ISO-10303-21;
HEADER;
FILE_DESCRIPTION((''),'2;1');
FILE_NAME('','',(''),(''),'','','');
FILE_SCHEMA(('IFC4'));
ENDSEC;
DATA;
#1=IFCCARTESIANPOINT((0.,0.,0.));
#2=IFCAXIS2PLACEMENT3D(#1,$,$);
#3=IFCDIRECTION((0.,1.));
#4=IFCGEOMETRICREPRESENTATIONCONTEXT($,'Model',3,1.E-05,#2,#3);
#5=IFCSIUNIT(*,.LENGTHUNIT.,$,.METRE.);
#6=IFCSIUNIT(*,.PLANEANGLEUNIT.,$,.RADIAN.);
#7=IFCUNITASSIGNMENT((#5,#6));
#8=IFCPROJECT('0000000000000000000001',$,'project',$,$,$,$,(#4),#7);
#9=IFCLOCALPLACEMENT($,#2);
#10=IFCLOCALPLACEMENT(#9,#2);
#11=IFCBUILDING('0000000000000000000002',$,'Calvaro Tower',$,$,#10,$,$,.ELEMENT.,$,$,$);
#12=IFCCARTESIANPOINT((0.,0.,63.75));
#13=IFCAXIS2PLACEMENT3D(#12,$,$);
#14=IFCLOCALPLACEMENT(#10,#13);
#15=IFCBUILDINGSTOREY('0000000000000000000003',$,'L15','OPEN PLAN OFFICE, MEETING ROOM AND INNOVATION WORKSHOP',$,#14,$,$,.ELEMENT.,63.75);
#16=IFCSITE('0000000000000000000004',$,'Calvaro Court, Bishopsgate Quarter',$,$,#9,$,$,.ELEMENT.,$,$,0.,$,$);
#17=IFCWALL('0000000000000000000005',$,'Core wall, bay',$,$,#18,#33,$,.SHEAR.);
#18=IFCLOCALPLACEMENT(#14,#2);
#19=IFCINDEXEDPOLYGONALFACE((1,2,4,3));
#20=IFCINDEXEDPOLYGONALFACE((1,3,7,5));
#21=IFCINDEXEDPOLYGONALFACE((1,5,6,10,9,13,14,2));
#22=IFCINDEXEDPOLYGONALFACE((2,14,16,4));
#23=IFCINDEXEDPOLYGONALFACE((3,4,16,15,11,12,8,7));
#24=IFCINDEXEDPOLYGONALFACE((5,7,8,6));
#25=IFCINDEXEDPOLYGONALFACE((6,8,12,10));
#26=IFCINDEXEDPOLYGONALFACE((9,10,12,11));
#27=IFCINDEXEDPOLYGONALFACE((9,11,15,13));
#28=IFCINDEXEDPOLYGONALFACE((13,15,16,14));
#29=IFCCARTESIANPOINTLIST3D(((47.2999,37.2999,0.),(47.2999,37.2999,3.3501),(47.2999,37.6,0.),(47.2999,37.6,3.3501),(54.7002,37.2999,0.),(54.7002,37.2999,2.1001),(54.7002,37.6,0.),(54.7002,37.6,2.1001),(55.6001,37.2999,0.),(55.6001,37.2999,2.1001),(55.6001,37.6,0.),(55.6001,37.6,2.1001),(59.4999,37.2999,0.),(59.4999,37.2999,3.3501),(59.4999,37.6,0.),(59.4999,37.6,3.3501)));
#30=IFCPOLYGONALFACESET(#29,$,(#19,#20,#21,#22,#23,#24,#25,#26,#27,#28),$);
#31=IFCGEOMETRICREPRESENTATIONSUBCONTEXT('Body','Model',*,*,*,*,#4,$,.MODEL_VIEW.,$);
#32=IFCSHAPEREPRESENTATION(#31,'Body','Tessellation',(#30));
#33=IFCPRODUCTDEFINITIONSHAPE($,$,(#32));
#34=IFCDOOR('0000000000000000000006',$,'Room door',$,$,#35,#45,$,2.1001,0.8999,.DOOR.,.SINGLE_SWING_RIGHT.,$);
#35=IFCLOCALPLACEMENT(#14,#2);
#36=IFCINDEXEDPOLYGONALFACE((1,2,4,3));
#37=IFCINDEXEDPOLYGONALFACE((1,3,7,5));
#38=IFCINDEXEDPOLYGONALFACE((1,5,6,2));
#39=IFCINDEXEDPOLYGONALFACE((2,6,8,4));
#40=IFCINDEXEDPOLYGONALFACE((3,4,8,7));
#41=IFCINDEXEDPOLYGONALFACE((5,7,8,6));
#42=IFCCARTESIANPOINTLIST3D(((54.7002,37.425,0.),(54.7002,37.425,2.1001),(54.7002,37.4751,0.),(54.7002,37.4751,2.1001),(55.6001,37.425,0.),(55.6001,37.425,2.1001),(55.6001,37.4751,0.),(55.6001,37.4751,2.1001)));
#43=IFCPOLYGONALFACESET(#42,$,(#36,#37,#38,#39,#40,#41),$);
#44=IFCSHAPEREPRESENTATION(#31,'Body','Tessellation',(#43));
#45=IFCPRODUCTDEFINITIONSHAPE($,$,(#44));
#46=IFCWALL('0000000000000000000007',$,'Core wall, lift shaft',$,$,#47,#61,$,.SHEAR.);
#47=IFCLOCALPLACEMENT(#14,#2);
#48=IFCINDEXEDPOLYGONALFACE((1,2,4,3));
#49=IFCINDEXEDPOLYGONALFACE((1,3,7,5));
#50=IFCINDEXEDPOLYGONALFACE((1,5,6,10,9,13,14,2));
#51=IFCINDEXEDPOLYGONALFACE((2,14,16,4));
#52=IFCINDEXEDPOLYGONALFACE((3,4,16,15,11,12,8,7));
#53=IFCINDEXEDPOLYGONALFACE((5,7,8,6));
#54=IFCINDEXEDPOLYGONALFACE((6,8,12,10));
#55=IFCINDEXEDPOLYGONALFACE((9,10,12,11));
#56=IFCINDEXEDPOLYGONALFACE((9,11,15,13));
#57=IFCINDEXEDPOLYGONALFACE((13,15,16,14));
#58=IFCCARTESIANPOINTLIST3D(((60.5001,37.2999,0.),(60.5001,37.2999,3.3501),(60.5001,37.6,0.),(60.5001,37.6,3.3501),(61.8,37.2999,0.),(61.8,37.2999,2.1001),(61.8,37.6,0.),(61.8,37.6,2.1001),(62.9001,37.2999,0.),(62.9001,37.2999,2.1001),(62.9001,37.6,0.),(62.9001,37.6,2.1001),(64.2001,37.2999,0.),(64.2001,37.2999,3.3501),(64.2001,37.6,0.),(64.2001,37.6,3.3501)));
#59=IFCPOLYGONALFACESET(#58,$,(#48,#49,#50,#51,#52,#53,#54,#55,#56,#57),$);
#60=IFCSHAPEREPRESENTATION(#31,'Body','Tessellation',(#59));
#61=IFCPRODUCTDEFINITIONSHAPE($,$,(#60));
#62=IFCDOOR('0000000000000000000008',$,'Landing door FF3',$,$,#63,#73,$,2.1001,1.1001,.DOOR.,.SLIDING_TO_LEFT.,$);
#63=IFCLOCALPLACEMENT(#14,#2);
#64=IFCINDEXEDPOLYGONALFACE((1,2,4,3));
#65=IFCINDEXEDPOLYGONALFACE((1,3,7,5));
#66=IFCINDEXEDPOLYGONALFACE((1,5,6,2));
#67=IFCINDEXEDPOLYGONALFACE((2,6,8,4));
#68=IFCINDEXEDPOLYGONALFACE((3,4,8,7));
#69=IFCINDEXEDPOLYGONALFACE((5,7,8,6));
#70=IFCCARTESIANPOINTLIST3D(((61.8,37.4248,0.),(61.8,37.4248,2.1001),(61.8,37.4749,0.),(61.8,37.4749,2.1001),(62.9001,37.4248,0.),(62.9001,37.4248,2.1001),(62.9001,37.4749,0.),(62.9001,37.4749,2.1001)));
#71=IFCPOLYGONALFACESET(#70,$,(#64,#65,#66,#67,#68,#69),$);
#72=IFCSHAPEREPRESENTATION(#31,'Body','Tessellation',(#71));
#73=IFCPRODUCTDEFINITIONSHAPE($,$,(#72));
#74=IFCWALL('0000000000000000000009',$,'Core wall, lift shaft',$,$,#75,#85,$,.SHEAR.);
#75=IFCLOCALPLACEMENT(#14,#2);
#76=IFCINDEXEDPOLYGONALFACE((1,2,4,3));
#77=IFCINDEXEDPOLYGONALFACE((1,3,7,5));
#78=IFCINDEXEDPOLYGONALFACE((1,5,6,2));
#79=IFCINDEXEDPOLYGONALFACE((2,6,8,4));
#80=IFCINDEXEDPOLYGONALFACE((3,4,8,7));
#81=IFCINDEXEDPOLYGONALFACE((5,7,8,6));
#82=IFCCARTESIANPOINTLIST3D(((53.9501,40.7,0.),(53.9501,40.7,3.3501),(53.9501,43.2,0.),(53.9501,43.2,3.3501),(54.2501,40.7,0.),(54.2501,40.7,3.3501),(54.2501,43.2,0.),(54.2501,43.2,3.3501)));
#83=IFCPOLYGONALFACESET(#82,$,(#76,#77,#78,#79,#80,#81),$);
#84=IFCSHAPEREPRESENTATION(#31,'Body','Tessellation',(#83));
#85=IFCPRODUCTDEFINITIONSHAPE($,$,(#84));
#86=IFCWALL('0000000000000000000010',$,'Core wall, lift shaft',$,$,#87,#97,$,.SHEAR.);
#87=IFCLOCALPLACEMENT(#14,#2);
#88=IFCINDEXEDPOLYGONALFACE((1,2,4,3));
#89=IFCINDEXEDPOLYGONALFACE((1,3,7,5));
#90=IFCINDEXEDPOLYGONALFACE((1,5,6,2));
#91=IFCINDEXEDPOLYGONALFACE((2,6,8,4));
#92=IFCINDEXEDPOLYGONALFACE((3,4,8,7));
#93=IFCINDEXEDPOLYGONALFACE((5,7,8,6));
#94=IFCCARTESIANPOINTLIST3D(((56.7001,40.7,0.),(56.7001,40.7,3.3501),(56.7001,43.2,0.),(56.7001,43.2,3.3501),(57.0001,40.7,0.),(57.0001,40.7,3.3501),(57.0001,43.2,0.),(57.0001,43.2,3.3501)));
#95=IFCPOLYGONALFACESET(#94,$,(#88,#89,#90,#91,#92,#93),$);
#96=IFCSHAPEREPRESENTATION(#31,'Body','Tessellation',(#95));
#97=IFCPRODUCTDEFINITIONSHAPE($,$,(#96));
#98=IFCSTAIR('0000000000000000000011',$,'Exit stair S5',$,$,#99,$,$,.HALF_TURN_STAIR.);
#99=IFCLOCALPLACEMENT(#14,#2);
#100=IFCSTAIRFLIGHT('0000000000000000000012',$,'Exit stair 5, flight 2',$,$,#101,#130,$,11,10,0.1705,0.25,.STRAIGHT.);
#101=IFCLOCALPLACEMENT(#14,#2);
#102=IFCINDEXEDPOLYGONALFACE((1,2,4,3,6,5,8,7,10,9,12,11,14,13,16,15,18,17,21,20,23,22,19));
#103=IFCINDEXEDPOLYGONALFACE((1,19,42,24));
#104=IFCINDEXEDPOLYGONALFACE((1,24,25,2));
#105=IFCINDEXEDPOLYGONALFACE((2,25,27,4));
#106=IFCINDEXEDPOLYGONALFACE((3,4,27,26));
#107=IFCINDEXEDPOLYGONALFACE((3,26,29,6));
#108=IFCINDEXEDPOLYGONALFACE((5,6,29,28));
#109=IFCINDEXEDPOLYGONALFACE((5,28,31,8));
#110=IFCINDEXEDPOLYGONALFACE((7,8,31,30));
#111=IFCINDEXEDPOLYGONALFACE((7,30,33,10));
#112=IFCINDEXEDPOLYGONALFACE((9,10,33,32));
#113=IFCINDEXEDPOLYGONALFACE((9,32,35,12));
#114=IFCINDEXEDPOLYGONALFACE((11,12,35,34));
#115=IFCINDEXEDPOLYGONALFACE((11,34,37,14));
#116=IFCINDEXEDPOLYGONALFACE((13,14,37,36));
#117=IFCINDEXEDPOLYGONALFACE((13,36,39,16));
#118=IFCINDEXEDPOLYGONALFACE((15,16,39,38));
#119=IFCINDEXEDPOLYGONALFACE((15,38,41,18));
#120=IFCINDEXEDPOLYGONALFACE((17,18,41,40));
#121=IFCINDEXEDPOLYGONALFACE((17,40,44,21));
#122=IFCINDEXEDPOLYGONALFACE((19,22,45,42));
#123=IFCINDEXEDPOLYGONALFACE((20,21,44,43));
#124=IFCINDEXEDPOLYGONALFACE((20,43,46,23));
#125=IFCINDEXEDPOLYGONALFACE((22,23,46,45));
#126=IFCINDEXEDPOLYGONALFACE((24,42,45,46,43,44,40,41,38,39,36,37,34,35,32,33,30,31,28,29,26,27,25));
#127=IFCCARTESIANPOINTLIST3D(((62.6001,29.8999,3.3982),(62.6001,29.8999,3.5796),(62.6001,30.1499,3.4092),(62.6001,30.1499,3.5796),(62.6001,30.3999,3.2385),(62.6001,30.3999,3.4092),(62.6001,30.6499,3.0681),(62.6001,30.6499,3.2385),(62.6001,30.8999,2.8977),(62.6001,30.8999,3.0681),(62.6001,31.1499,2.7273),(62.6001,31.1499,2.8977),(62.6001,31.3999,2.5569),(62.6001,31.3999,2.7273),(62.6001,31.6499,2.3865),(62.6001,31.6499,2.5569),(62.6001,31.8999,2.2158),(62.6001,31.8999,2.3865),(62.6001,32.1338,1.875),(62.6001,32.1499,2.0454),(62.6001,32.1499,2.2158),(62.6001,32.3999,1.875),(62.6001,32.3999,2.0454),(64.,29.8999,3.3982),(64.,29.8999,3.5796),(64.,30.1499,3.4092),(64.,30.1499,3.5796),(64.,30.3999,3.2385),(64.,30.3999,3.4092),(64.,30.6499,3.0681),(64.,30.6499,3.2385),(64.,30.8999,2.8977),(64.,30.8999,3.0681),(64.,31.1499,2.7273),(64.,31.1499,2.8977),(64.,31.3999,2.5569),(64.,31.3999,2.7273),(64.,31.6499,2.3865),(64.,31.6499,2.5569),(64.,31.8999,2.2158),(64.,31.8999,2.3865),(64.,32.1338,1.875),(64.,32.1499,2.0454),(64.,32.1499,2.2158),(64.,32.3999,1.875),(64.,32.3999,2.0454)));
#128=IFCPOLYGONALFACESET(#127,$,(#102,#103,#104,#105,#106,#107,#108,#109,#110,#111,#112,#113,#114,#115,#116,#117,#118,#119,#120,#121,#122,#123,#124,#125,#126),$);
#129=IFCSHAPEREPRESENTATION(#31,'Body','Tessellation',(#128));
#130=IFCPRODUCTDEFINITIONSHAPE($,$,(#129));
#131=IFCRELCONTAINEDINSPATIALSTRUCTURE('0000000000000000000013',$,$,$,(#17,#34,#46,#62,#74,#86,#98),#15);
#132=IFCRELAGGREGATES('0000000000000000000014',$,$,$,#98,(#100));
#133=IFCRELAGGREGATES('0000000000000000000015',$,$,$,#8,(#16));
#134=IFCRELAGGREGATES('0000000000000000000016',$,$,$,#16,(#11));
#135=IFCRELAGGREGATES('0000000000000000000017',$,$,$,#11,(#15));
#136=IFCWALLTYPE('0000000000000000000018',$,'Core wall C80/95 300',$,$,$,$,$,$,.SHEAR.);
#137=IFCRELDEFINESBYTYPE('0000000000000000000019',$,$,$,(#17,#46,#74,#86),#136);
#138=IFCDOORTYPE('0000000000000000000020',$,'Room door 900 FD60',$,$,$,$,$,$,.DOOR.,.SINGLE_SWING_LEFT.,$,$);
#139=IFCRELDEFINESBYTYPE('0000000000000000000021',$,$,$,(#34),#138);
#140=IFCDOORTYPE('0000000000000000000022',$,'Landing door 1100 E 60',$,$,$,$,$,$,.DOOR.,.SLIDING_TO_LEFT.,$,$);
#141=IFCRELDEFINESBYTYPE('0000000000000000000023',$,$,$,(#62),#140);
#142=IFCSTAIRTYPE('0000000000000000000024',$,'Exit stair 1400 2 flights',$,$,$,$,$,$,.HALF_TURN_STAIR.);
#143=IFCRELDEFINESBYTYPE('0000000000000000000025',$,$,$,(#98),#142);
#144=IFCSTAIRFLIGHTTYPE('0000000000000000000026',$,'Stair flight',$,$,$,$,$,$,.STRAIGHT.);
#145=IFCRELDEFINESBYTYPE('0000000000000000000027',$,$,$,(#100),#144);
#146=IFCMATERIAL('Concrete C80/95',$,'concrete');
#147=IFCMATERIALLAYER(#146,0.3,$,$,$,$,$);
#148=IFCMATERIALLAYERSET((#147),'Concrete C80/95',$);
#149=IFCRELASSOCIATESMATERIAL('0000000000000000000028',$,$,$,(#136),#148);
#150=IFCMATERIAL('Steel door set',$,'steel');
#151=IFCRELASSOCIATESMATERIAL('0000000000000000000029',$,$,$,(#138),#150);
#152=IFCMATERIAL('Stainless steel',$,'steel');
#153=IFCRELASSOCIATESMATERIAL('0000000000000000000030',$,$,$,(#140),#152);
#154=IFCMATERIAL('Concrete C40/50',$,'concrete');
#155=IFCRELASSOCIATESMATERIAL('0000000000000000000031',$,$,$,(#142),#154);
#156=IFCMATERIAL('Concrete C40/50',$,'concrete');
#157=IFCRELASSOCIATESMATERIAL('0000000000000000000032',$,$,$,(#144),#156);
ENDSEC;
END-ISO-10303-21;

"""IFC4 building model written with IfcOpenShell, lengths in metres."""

from ifc_helpers import new_model, si_unit, direction, frame, frame_2d, origin, place, context, subcontext, project, spatial, polyline, rectangle, outline, extrude, material, layer, layer_set, type_object, element, fill, aggregate, save


model = new_model("IFC4")

# Units and contexts
model_context = context("Model", 3, precision=1e-05, world=origin(), true_north=direction((0.0, 1.0)))
body_context = subcontext(model_context, "Body", "Model", "MODEL_VIEW")
ifc_project = project(units=[si_unit("LENGTHUNIT", "METRE"), si_unit("PLANEANGLEUNIT", "RADIAN")], contexts=[model_context])

# Site, building, storey
site_placement = place(None, origin())
site = spatial("IfcSite", under=ifc_project, at=site_placement, Name="Calvaro Court, Bishopsgate Quarter", CompositionType="ELEMENT", RefElevation=0.0)
building_placement = place(site_placement, origin())
building = spatial("IfcBuilding", under=site, at=building_placement, Name="Calvaro Tower", CompositionType="ELEMENT")
storey_placement = place(building_placement, frame((0.0, 0.0, 63.75)))
storey = spatial("IfcBuildingStorey", under=building, at=storey_placement, Name="L15", Description="OPEN PLAN OFFICE, MEETING ROOM AND INNOVATION WORKSHOP", CompositionType="ELEMENT", Elevation=63.75)

# Shared definitions
ifc_material_1 = material(Name="Concrete C80/95", Category="concrete")
ifc_layer_1 = layer(ifc_material_1, 0.3)
ifc_layer_set_1 = layer_set([ifc_layer_1], Name="Concrete C80/95")
wall_type_1 = type_object("IfcWallType", Name="Core wall C80/95 300", PredefinedType="SHEAR", material=ifc_layer_set_1)

# Walls, openings, doors
wall_1_placement = place(storey_placement, frame((59.5, 37.45, 0.0), z_axis=(0.0, 0.0, 1.0), x_axis=(-1.0, 0.0, 0.0)))
wall_1 = element("IfcWall", 1, at=wall_1_placement, inside=storey, type_object=wall_type_1, Name="Core wall, bay", PredefinedType="SHEAR", context=body_context, shape_type="SweptSolid", body=[
    extrude(rectangle(XDim=12.2, YDim=0.3, at=frame_2d((6.1001, 0.0))), origin(), (0.0, 0.0, 1.0), 3.3501),
])
opening_1_placement = place(wall_1_placement, frame((3.8999, 0.0, 0.0)))
opening_1 = element("IfcOpeningElement", 2, at=opening_1_placement, cuts=wall_1, PredefinedType="OPENING", context=body_context, shape_type="SweptSolid", body=[
    extrude(rectangle(XDim=0.8999, YDim=2.1001, at=frame_2d((0.45, 1.05))), frame((0.0, 0.1599, 0.0), z_axis=(0.0, -1.0, 0.0), x_axis=(1.0, 0.0, 0.0)), (0.0, 0.0, 1.0), 0.3201),
])
ifc_material_2 = material(Name="Steel door set", Category="steel")
door_type_1 = type_object("IfcDoorType", Name="Room door 900 FD60", OperationType="SINGLE_SWING_LEFT", PredefinedType="DOOR", material=ifc_material_2)
door_1_placement = place(opening_1_placement, origin())
door_1 = element("IfcDoor", 3, at=door_1_placement, inside=storey, type_object=door_type_1, Name="Room door", OperationType="SINGLE_SWING_RIGHT", OverallHeight=2.1001, OverallWidth=0.8999, PredefinedType="DOOR", context=body_context, shape_type="SweptSolid", body=[
    extrude(rectangle(XDim=0.8999, YDim=2.1001, at=frame_2d((0.45, 1.05))), frame((0.0, 0.0249, 0.0), z_axis=(0.0, -1.0, 0.0), x_axis=(1.0, 0.0, 0.0)), (0.0, 0.0, 1.0), 0.05),
])
fill(opening_1, door_1)
wall_2_placement = place(storey_placement, frame((60.5, 37.45, 0.0), z_axis=(0.0, 0.0, 1.0), x_axis=(1.0, 0.0, 0.0)))
wall_2 = element("IfcWall", 4, at=wall_2_placement, inside=storey, type_object=wall_type_1, Name="Core wall, lift shaft", PredefinedType="SHEAR", context=body_context, shape_type="SweptSolid", body=[
    extrude(rectangle(XDim=3.7, YDim=0.3, at=frame_2d((1.8501, 0.0))), origin(), (0.0, 0.0, 1.0), 3.3501),
])
opening_2_placement = place(wall_2_placement, frame((1.3, 0.0, 0.0)))
opening_2 = element("IfcOpeningElement", 5, at=opening_2_placement, cuts=wall_2, PredefinedType="OPENING", context=body_context, shape_type="SweptSolid", body=[
    extrude(rectangle(XDim=1.1001, YDim=2.1001, at=frame_2d((0.55, 1.05))), frame((0.0, 0.1599, 0.0), z_axis=(0.0, -1.0, 0.0), x_axis=(1.0, 0.0, 0.0)), (0.0, 0.0, 1.0), 0.3201),
])
ifc_material_3 = material(Name="Stainless steel", Category="steel")
door_type_2 = type_object("IfcDoorType", Name="Landing door 1100 E 60", OperationType="SLIDING_TO_LEFT", PredefinedType="DOOR", material=ifc_material_3)
door_2_placement = place(opening_2_placement, origin())
door_2 = element("IfcDoor", 6, at=door_2_placement, inside=storey, type_object=door_type_2, Name="Landing door FF3", OperationType="SLIDING_TO_LEFT", OverallHeight=2.1001, OverallWidth=1.1001, PredefinedType="DOOR", context=body_context, shape_type="SweptSolid", body=[
    extrude(rectangle(XDim=1.1001, YDim=2.1001, at=frame_2d((0.55, 1.05))), frame((0.0, 0.0249, 0.0), z_axis=(0.0, -1.0, 0.0), x_axis=(1.0, 0.0, 0.0)), (0.0, 0.0, 1.0), 0.05),
])
fill(opening_2, door_2)

# Walls
for number, where, z_axis, x_axis, name in (
    (7, (54.1001, 40.7, 0.0), (0.0, 0.0, 1.0), (0.0, 1.0, 0.0), "Core wall, lift shaft"),
    (8, (56.8501, 40.7, 0.0), (0.0, 0.0, 1.0), (0.0, 1.0, 0.0), "Core wall, lift shaft"),
):
    element("IfcWall", number, at=place(storey_placement, frame(where, z_axis=z_axis, x_axis=x_axis)), inside=storey, type_object=wall_type_1, Name=name, PredefinedType="SHEAR", context=body_context, shape_type="SweptSolid", body=[
        extrude(rectangle(XDim=2.5, YDim=0.3, at=frame_2d((1.25, 0.0))), origin(), (0.0, 0.0, 1.0), 3.3501),
    ])

# Stair, stair flight
ifc_material_4 = material(Name="Concrete C40/50", Category="concrete")
stair_type = type_object("IfcStairType", Name="Exit stair 1400 2 flights", PredefinedType="HALF_TURN_STAIR", material=ifc_material_4)
stair_1_placement = place(storey_placement, origin())
stair_1 = element("IfcStair", 9, at=stair_1_placement, inside=storey, type_object=stair_type, Name="Exit stair S5", PredefinedType="HALF_TURN_STAIR")
ifc_material_5 = material(Name="Concrete C40/50", Category="concrete")
stair_flight_type = type_object("IfcStairFlightType", Name="Stair flight", PredefinedType="STRAIGHT", material=ifc_material_5)
stair_flight_placement = place(storey_placement, frame((63.3, 32.3999, 1.875), z_axis=(0.0, 0.0, 1.0), x_axis=(0.0, -1.0, 0.0)))
stair_flight = element("IfcStairFlight", 10, at=stair_flight_placement, type_object=stair_flight_type, Name="Exit stair 5, flight 2", NumberOfRisers=11, NumberOfTreads=10, PredefinedType="STRAIGHT", RiserHeight=0.1705, TreadLength=0.25, context=body_context, shape_type="SweptSolid", body=[
    extrude(outline(polyline([(0.0, 0.0), (0.0, 0.1704), (0.25, 0.1704), (0.25, 0.3408), (0.5, 0.3408), (0.5, 0.5115), (0.75, 0.5115), (0.75, 0.6819), (1.0, 0.6819), (1.0, 0.8523), (1.25, 0.8523), (1.25, 1.0227), (1.5, 1.0227), (1.5, 1.1931), (1.75, 1.1931), (1.75, 1.3635), (2.0, 1.3635), (2.0, 1.5342), (2.25, 1.5342), (2.25, 1.7046), (2.5, 1.7046), (2.5, 1.875), (2.5, 1.5232), (0.2661, 0.0), (0.0, 0.0)])), frame((0.0, 0.7, 0.0), z_axis=(0.0, -1.0, 0.0), x_axis=(1.0, 0.0, 0.0)), (0.0, 0.0, 1.0), 1.3999),
])

aggregate(stair_1, [stair_flight])

save(model, "model.ifc")
